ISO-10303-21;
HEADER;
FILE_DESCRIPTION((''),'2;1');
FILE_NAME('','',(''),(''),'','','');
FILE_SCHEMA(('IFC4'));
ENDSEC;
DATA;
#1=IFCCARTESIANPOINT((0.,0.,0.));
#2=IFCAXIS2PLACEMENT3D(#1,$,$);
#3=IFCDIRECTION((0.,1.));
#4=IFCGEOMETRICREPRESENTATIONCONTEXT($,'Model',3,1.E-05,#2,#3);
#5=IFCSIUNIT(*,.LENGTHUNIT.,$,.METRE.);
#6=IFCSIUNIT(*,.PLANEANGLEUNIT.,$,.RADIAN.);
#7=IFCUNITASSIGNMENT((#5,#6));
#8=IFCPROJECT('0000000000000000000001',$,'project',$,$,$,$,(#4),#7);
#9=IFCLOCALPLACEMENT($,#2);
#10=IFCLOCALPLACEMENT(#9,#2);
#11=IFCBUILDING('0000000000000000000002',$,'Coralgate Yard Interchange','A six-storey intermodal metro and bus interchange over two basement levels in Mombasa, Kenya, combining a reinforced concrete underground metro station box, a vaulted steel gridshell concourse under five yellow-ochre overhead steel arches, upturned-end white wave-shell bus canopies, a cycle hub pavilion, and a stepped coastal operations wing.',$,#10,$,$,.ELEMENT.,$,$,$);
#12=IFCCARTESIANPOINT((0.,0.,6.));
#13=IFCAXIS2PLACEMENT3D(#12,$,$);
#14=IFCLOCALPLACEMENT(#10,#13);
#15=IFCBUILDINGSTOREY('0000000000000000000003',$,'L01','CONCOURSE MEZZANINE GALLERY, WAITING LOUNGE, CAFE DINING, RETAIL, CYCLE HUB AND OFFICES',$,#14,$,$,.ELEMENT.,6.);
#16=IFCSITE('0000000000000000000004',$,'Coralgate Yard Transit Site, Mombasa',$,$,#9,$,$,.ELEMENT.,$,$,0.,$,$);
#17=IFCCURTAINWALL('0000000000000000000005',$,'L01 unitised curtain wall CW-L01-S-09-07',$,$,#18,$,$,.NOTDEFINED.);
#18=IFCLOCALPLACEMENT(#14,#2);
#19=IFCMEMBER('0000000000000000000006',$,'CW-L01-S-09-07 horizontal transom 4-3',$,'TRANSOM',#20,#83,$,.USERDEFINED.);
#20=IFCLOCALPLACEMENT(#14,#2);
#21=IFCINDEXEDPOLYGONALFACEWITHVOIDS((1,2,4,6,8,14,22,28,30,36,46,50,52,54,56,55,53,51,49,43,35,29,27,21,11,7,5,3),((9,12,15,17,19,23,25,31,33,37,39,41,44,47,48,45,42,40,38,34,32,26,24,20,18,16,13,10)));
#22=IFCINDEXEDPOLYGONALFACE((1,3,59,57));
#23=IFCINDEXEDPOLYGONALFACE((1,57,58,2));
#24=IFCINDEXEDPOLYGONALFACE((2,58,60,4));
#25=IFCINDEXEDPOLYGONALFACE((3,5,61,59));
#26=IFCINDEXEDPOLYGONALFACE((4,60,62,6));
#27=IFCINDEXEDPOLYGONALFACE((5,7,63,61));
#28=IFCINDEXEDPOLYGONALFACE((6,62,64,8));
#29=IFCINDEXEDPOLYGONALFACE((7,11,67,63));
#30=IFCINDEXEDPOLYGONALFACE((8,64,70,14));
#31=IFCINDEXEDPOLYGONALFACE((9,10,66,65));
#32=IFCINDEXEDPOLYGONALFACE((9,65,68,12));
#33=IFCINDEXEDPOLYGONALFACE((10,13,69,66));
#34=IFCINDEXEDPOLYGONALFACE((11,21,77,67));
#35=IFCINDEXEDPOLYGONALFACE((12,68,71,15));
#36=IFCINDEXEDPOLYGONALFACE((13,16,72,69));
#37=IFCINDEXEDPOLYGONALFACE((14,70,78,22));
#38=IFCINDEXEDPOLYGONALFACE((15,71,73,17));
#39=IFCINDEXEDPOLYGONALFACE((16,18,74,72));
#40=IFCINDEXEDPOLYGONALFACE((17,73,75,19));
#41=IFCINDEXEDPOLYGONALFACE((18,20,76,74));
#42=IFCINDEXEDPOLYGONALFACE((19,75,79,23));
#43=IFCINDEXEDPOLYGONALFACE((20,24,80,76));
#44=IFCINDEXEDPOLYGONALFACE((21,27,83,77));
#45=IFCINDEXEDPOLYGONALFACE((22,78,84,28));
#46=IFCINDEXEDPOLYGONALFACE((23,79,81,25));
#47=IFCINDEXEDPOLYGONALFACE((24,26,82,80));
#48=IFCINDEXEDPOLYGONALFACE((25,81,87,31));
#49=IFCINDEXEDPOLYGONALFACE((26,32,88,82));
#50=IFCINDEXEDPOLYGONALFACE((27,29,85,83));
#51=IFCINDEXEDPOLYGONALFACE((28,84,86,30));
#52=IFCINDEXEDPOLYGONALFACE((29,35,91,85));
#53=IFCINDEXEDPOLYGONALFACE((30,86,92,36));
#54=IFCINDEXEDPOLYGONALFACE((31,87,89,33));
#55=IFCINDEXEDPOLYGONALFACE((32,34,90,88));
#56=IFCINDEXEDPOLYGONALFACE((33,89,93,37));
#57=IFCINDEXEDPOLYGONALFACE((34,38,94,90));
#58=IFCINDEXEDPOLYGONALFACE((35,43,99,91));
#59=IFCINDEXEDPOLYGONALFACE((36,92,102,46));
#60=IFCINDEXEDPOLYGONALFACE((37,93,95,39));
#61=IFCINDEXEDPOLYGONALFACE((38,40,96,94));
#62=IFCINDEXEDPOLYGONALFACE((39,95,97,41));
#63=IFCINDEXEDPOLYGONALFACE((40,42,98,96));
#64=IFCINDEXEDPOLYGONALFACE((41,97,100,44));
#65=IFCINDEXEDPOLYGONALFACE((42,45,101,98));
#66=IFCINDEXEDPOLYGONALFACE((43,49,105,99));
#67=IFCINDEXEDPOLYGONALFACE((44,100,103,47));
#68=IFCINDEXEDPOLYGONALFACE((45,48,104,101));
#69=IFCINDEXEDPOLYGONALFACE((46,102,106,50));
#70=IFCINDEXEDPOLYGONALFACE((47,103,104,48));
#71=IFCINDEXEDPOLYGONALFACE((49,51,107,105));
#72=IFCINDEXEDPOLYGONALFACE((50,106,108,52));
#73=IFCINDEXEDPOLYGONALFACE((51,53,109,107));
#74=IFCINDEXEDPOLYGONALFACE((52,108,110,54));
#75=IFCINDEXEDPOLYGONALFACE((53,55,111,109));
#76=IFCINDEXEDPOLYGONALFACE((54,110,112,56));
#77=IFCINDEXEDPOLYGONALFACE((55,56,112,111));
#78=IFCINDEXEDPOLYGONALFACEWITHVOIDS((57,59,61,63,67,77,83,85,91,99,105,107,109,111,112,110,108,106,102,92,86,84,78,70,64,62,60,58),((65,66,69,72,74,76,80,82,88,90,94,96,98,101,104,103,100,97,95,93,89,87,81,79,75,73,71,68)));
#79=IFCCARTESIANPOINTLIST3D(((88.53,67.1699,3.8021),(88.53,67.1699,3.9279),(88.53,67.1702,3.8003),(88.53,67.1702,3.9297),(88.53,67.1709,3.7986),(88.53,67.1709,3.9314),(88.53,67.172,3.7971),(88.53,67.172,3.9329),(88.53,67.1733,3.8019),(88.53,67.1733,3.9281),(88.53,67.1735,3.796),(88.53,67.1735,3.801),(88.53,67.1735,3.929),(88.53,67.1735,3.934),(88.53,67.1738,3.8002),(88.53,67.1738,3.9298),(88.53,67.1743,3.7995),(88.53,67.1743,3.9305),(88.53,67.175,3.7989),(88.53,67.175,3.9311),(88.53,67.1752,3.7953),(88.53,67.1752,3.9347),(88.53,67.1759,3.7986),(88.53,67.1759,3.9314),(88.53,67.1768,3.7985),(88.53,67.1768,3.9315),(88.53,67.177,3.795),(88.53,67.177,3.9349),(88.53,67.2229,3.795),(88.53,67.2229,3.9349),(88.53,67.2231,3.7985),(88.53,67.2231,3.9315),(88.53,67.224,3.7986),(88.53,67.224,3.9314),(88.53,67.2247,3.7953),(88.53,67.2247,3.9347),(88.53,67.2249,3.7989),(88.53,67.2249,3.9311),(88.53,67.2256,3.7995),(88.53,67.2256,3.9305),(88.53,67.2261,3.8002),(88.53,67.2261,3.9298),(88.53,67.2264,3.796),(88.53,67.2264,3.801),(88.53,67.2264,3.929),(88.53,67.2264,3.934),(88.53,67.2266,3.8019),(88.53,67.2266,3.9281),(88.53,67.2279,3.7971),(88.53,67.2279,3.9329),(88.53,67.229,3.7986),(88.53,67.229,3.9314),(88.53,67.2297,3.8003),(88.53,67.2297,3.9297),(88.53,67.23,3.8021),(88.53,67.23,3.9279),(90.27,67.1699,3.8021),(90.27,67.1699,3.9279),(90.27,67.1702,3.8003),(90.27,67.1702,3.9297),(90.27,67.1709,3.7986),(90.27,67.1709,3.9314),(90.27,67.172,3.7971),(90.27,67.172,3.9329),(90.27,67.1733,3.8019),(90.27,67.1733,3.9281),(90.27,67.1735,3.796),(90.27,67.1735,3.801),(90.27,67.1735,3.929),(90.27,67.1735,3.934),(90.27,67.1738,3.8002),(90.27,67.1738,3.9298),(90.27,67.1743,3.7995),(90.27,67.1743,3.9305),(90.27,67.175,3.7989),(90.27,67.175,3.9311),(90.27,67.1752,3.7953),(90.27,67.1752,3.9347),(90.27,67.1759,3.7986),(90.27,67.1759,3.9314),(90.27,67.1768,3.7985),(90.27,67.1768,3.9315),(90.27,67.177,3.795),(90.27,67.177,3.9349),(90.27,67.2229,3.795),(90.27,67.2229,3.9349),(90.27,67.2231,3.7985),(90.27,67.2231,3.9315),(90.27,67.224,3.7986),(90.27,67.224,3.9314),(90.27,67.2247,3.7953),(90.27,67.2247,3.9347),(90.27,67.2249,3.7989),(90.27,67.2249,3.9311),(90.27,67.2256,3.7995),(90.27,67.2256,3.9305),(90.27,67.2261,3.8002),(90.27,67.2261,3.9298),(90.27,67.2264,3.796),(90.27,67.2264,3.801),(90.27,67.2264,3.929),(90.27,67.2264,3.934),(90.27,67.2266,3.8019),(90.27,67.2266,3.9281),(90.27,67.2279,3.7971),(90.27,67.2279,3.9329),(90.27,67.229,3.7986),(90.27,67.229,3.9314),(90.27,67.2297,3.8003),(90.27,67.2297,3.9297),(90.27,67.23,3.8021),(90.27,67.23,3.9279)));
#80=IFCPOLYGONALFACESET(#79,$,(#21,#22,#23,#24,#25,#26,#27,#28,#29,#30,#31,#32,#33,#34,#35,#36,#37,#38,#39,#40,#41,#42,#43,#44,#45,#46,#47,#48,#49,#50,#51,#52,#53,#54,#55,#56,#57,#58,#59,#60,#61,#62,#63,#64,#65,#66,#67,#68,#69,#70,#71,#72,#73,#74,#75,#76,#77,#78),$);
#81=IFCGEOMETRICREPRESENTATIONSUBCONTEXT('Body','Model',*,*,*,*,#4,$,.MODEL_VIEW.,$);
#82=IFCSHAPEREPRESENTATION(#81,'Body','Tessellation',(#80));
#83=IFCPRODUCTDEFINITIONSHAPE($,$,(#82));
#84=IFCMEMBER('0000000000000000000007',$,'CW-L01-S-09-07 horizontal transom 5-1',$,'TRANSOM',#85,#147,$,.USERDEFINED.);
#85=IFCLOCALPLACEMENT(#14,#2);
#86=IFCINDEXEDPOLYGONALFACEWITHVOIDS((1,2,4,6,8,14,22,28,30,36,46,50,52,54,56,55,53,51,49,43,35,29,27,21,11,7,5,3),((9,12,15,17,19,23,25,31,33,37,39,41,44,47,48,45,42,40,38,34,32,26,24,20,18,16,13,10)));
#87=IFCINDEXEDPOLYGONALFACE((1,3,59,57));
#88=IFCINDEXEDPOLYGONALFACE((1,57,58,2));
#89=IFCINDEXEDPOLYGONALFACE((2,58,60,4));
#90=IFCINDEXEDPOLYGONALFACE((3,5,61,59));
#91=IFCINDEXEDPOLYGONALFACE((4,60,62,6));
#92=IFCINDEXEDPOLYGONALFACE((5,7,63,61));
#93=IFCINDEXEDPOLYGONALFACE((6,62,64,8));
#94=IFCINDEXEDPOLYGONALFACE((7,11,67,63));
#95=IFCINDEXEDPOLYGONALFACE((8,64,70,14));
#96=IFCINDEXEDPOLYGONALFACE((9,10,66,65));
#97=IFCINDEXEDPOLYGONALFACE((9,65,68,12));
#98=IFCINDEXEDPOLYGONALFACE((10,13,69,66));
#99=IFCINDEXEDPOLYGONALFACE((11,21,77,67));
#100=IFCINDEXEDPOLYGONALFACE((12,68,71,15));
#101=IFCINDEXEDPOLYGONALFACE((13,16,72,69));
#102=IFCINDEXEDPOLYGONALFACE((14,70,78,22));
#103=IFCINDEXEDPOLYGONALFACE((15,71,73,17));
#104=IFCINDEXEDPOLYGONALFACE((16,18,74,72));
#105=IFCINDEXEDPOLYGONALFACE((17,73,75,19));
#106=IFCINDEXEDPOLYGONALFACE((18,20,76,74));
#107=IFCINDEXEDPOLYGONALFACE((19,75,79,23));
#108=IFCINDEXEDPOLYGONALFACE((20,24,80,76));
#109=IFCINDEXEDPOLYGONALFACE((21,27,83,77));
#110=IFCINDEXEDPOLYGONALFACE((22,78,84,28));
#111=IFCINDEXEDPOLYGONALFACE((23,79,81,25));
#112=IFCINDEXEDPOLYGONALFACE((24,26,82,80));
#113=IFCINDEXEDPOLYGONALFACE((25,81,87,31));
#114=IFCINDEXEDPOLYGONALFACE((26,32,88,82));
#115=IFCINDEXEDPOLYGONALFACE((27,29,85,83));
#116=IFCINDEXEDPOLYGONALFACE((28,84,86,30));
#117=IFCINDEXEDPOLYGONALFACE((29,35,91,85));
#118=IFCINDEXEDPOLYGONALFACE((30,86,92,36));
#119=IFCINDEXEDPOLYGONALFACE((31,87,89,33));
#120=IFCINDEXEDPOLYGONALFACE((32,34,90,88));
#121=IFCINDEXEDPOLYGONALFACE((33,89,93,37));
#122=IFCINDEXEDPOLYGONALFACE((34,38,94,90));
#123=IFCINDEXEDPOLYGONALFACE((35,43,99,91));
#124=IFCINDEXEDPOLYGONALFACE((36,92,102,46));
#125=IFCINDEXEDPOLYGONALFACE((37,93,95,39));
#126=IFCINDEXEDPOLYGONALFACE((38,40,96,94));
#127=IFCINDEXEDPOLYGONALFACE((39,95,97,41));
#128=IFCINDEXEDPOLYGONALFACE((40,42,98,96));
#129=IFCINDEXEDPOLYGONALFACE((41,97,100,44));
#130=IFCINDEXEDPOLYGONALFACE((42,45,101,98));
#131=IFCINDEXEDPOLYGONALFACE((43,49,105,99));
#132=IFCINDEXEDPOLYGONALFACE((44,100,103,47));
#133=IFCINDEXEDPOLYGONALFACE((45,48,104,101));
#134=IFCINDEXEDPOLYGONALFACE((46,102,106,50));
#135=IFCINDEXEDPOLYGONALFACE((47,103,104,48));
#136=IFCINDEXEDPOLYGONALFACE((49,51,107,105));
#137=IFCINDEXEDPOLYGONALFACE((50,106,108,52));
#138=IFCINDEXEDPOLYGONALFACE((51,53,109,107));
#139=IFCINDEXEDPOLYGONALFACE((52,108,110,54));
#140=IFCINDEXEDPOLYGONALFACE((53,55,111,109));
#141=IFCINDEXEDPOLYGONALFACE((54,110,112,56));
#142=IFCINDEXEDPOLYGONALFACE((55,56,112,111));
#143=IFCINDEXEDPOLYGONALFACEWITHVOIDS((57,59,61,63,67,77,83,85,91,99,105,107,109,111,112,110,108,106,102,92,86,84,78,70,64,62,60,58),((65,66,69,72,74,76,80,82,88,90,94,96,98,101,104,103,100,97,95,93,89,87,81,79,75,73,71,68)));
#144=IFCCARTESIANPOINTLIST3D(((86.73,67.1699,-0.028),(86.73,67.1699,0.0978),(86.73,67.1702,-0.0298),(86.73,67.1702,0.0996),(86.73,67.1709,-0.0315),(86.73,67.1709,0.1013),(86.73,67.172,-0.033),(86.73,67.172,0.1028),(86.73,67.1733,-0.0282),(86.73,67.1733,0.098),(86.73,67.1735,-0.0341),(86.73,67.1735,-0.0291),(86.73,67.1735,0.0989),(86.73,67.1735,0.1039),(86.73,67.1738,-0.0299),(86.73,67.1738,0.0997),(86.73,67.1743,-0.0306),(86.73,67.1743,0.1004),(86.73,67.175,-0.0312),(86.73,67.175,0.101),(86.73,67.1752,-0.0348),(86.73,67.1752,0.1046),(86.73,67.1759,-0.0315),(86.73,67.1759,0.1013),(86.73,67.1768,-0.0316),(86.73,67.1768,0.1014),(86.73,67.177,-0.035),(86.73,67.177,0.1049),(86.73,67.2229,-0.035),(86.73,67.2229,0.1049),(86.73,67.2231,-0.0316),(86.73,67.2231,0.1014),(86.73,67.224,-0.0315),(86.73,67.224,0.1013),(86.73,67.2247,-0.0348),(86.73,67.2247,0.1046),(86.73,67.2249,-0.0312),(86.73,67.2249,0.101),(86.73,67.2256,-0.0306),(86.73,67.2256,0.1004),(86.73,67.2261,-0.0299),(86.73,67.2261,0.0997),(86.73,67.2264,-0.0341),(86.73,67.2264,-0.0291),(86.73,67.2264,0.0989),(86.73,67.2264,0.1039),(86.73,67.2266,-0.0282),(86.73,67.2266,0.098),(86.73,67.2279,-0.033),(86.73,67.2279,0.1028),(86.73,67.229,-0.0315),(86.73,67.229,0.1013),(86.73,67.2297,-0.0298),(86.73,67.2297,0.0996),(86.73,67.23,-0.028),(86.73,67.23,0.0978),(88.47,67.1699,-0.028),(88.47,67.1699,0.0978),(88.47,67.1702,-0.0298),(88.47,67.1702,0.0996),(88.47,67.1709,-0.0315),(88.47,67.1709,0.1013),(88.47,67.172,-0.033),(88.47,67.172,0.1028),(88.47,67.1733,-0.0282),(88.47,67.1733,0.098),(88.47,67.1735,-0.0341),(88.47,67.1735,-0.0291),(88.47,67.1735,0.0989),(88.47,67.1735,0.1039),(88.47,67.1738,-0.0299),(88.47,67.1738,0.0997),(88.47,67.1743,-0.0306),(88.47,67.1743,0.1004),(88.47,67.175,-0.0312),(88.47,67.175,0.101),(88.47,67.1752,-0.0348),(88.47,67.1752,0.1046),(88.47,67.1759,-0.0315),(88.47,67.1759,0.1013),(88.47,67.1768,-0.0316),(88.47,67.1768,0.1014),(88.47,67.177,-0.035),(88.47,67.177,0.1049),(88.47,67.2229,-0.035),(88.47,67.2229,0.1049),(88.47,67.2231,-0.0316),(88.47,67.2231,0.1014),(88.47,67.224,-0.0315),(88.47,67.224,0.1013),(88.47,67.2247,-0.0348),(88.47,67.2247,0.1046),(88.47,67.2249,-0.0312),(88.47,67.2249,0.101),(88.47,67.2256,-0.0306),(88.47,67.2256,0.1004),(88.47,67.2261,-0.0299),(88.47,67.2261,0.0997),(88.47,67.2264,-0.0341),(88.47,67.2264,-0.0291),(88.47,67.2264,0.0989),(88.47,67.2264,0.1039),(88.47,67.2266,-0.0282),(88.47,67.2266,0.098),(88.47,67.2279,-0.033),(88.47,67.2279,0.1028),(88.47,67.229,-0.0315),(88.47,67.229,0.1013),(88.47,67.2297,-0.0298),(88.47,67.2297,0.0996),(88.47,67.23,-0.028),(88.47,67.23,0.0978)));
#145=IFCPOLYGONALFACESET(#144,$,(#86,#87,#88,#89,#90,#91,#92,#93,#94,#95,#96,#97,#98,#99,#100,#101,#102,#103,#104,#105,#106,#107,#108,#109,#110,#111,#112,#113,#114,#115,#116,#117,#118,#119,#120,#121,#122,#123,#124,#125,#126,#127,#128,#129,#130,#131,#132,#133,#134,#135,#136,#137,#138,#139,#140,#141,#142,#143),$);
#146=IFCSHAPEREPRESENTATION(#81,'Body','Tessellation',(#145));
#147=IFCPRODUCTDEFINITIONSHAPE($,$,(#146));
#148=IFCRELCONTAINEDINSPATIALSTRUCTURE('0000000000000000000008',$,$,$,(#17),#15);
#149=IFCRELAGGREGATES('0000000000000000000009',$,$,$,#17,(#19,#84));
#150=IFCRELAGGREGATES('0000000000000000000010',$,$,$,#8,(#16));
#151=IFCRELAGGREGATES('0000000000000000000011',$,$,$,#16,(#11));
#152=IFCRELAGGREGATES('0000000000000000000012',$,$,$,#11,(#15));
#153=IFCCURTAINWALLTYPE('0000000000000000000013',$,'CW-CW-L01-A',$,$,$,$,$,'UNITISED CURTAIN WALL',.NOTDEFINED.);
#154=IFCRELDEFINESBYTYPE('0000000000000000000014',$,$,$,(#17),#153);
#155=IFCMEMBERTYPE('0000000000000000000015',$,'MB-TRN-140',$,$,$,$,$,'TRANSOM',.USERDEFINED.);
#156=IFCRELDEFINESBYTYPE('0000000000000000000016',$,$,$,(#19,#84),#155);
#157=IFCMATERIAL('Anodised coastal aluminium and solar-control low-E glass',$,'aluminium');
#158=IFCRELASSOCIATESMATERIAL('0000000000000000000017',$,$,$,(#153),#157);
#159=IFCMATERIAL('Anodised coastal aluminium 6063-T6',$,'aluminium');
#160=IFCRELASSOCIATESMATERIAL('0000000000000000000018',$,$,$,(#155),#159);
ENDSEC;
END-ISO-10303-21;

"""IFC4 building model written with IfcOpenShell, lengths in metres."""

from ifc_helpers import new_model, si_unit, direction, frame, origin, origin_2d, place, context, subcontext, project, spatial, hollow_rectangle, extrude, material, material_profile, profile_set, type_object, element, aggregate, save


model = new_model("IFC4")

# Units and contexts
model_context = context("Model", 3, precision=1e-05, world=origin(), true_north=direction((0.0, 1.0)))
body_context = subcontext(model_context, "Body", "Model", "MODEL_VIEW")
ifc_project = project(units=[si_unit("LENGTHUNIT", "METRE"), si_unit("PLANEANGLEUNIT", "RADIAN")], contexts=[model_context])

# Site, building, storey
site_placement = place(None, origin())
site = spatial("IfcSite", under=ifc_project, at=site_placement, Name="Coralgate Yard Transit Site, Mombasa", CompositionType="ELEMENT", RefElevation=0.0)
building_placement = place(site_placement, origin())
building = spatial("IfcBuilding", under=site, at=building_placement, Name="Coralgate Yard Interchange", Description="A six-storey intermodal metro and bus interchange over two basement levels in Mombasa, Kenya, combining a reinforced concrete underground metro station box, a vaulted steel gridshell concourse under five yellow-ochre overhead steel arches, upturned-end white wave-shell bus canopies, a cycle hub pavilion, and a stepped coastal operations wing.", CompositionType="ELEMENT")
storey_placement = place(building_placement, frame((0.0, 0.0, 6.0)))
storey = spatial("IfcBuildingStorey", under=building, at=storey_placement, Name="L01", Description="CONCOURSE MEZZANINE GALLERY, WAITING LOUNGE, CAFE DINING, RETAIL, CYCLE HUB AND OFFICES", CompositionType="ELEMENT", Elevation=6.0)

# Curtain wall, members
ifc_material_1 = material(Name="Anodised coastal aluminium and solar-control low-E glass", Category="aluminium")
curtain_wall_type = type_object("IfcCurtainWallType", Name="CW-CW-L01-A", ElementType="UNITISED CURTAIN WALL", PredefinedType="NOTDEFINED", material=ifc_material_1)
curtain_wall_placement = place(storey_placement, origin())
curtain_wall = element("IfcCurtainWall", 1, at=curtain_wall_placement, inside=storey, type_object=curtain_wall_type, Name="L01 unitised curtain wall CW-L01-S-09-07", PredefinedType="NOTDEFINED")
ifc_material_2 = material(Name="Anodised coastal aluminium 6063-T6", Category="aluminium")
ifc_material_profile_1 = material_profile(ifc_material_2, hollow_rectangle(XDim=0.0601, YDim=0.1399, WallThickness=0.0034, InnerFilletRadius=0.0034, OuterFilletRadius=0.0071, at=origin_2d()), Name="ALU 60x140x3.5")
ifc_profile_set_1 = profile_set([ifc_material_profile_1], Name="Anodised coastal aluminium 6063-T6")
member_type_1 = type_object("IfcMemberType", Name="MB-TRN-140", ElementType="TRANSOM", PredefinedType="USERDEFINED", material=ifc_profile_set_1)
member_1_placement = place(storey_placement, frame((90.27, 67.2, 3.865), z_axis=(-1.0, 0.0, 0.0), x_axis=(0.0, -1.0, 0.0)))
member_1 = element("IfcMember", 2, at=member_1_placement, type_object=member_type_1, Name="CW-L01-S-09-07 horizontal transom 4-3", ObjectType="TRANSOM", PredefinedType="USERDEFINED", context=body_context, shape_type="SweptSolid", body=[
    extrude(hollow_rectangle(XDim=0.0601, YDim=0.1399, WallThickness=0.0034, InnerFilletRadius=0.0034, OuterFilletRadius=0.0071, at=origin_2d()), origin(), (0.0, 0.0, 1.0), 1.74),
])
member_2_placement = place(storey_placement, frame((88.47, 67.2, 0.0349), z_axis=(-1.0, 0.0, 0.0), x_axis=(0.0, -1.0, 0.0)))
member_2 = element("IfcMember", 3, at=member_2_placement, type_object=member_type_1, Name="CW-L01-S-09-07 horizontal transom 5-1", ObjectType="TRANSOM", PredefinedType="USERDEFINED", context=body_context, shape_type="SweptSolid", body=[
    extrude(hollow_rectangle(XDim=0.0601, YDim=0.1399, WallThickness=0.0034, InnerFilletRadius=0.0034, OuterFilletRadius=0.0071, at=origin_2d()), origin(), (0.0, 0.0, 1.0), 1.74),
])
aggregate(curtain_wall, [member_1, member_2])

save(model, "model.ifc")
